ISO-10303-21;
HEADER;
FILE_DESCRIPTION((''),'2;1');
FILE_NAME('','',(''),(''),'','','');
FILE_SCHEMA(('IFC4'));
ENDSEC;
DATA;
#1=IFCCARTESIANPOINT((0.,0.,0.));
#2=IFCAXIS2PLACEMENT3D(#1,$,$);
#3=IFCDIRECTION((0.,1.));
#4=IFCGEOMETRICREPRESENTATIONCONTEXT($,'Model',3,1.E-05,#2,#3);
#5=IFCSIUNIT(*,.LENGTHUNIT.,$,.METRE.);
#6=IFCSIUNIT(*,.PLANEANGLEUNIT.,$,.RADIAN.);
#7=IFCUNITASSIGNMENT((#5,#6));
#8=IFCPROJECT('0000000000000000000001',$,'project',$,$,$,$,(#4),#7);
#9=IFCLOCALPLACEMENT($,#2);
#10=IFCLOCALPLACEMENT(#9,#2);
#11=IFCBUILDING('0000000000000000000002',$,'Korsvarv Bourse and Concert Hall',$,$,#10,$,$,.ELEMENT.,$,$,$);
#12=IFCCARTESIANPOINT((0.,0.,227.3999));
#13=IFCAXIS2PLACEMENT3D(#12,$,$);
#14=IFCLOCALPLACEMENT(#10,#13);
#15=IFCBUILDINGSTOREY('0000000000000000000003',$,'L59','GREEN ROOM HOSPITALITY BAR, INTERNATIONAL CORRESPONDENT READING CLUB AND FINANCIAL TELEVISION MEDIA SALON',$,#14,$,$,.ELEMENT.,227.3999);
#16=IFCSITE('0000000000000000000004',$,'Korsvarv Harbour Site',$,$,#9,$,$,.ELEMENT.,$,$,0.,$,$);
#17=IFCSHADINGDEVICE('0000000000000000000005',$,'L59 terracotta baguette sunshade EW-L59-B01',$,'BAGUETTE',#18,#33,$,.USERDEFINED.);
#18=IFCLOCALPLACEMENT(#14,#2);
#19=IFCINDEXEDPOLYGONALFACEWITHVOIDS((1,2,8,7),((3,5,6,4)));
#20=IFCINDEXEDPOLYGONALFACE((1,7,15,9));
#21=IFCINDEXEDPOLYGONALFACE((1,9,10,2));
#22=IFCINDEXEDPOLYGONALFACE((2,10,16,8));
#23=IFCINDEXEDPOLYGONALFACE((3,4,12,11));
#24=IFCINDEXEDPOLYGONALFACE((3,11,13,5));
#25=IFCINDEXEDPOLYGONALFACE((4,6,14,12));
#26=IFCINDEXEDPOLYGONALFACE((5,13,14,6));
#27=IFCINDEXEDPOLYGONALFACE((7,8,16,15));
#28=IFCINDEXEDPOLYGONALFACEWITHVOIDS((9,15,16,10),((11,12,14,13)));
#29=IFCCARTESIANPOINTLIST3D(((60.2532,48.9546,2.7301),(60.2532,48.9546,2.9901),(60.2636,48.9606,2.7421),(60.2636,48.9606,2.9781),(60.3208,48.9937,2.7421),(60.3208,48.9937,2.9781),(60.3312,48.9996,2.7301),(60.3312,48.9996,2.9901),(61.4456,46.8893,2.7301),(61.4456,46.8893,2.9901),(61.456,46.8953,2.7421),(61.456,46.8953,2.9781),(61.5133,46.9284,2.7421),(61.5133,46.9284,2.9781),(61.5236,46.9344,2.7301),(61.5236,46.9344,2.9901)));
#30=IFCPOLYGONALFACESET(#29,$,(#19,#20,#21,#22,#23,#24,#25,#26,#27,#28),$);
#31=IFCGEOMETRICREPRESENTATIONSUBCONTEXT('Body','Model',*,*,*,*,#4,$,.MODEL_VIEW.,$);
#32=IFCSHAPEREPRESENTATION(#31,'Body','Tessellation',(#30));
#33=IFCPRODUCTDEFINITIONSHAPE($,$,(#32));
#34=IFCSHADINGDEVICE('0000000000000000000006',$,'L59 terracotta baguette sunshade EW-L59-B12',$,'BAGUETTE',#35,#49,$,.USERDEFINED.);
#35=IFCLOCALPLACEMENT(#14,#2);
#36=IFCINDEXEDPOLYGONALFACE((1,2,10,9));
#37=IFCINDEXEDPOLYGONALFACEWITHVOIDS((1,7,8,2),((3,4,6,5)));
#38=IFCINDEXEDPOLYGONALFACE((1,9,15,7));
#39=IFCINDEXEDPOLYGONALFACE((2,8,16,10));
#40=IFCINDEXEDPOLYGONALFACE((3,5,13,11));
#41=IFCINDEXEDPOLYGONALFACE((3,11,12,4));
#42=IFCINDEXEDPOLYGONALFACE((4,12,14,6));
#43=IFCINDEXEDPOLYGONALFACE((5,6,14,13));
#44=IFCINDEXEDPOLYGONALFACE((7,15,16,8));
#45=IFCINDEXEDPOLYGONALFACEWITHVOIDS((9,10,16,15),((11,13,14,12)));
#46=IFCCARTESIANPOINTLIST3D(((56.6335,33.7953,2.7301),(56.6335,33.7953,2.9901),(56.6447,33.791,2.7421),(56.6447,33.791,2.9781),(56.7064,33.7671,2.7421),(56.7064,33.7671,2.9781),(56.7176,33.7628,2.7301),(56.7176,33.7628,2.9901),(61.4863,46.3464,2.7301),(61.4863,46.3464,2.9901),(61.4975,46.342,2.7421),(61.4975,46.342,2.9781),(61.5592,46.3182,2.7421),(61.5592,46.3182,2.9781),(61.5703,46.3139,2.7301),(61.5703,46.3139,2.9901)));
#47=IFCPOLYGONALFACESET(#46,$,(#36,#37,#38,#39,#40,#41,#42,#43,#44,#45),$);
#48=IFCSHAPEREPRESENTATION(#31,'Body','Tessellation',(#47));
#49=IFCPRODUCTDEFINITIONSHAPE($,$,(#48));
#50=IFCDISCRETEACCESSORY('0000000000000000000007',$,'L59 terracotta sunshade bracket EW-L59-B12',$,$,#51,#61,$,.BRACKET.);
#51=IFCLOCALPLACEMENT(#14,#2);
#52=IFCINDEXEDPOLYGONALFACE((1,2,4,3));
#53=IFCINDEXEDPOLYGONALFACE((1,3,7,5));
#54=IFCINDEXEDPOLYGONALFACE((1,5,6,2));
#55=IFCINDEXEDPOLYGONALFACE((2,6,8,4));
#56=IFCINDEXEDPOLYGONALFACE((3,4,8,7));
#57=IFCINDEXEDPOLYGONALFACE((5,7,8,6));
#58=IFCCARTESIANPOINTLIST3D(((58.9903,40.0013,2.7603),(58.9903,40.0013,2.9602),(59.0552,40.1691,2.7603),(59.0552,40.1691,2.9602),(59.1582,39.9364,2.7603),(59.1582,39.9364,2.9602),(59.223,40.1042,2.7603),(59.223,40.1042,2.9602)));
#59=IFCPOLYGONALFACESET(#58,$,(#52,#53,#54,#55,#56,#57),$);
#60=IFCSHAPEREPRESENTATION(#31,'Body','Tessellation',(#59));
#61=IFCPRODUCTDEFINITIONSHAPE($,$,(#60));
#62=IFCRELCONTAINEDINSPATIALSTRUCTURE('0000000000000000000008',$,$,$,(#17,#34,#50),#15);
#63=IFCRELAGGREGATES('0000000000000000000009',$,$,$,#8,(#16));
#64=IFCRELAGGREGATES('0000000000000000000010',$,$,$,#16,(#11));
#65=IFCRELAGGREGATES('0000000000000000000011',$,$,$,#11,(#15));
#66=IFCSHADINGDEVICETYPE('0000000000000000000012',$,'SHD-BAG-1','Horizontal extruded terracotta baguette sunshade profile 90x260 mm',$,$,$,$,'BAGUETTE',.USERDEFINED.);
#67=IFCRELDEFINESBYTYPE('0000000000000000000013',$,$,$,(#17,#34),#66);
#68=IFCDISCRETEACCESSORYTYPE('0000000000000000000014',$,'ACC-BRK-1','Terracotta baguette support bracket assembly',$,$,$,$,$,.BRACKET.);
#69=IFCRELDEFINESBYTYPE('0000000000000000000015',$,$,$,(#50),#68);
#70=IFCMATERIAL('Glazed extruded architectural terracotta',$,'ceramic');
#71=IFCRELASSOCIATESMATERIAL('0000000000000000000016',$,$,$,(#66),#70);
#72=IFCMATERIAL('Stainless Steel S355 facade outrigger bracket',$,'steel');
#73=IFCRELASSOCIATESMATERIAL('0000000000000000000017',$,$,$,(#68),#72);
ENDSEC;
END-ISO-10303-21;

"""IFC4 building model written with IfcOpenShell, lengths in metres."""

from ifc_helpers import new_model, si_unit, direction, frame, origin, origin_2d, place, context, subcontext, project, spatial, rectangle, hollow_rectangle, extrude, source, transform, mapped, material, material_profile, profile_set, type_object, element, save


model = new_model("IFC4")

# Units and contexts
model_context = context("Model", 3, precision=1e-05, world=origin(), true_north=direction((0.0, 1.0)))
body_context = subcontext(model_context, "Body", "Model", "MODEL_VIEW")
ifc_project = project(units=[si_unit("LENGTHUNIT", "METRE"), si_unit("PLANEANGLEUNIT", "RADIAN")], contexts=[model_context])

# Site, building, storey
site_placement = place(None, origin())
site = spatial("IfcSite", under=ifc_project, at=site_placement, Name="Korsvarv Harbour Site", CompositionType="ELEMENT", RefElevation=0.0)
building_placement = place(site_placement, origin())
building = spatial("IfcBuilding", under=site, at=building_placement, Name="Korsvarv Bourse and Concert Hall", CompositionType="ELEMENT")
storey_placement = place(building_placement, frame((0.0, 0.0, 227.3999)))
storey = spatial("IfcBuildingStorey", under=building, at=storey_placement, Name="L59", Description="GREEN ROOM HOSPITALITY BAR, INTERNATIONAL CORRESPONDENT READING CLUB AND FINANCIAL TELEVISION MEDIA SALON", CompositionType="ELEMENT", Elevation=227.3999)

# Shading devices
ifc_material_1 = material(Name="Glazed extruded architectural terracotta", Category="ceramic")
ifc_material_profile_1 = material_profile(ifc_material_1, hollow_rectangle(XDim=0.0901, YDim=0.26, WallThickness=0.012, at=origin_2d()), Name="TC-BAG 90x260")
ifc_profile_set_1 = profile_set([ifc_material_profile_1], Name="Glazed extruded architectural terracotta")
shading_device_type = type_object("IfcShadingDeviceType", Name="SHD-BAG-1", Description="Horizontal extruded terracotta baguette sunshade profile 90x260 mm", ElementType="BAGUETTE", PredefinedType="USERDEFINED", material=ifc_profile_set_1)
shared_shape_1 = source(origin(), body_context, "Body", "SweptSolid", [
    extrude(hollow_rectangle(XDim=0.0901, YDim=0.26, WallThickness=0.012, at=origin_2d()), origin(), (0.0, 0.0, 1.0), 2.3848),
])
shading_device_1_placement = place(storey_placement, frame((61.4846, 46.9119, 2.8601), z_axis=(-0.500015, 0.866017, 0.0), x_axis=(-0.866017, -0.500015, 0.0)))
element("IfcShadingDevice", 1, at=shading_device_1_placement, inside=storey, type_object=shading_device_type, Name="L59 terracotta baguette sunshade EW-L59-B01", ObjectType="BAGUETTE", PredefinedType="USERDEFINED", context=body_context, shape_type="MappedRepresentation", body=[
    mapped(shared_shape_1, transform((0.0, 0.0, 0.0), scale=1.0)),
])
shared_shape_2 = source(origin(), body_context, "Body", "SweptSolid", [
    extrude(hollow_rectangle(XDim=0.0901, YDim=0.26, WallThickness=0.012, at=origin_2d()), origin(), (0.0, 0.0, 1.0), 13.4565),
])
shading_device_2_placement = place(storey_placement, frame((56.6755, 33.7791, 2.8601), z_axis=(0.360627, 0.93271, 0.0), x_axis=(-0.93271, 0.360627, 0.0)))
element("IfcShadingDevice", 2, at=shading_device_2_placement, inside=storey, type_object=shading_device_type, Name="L59 terracotta baguette sunshade EW-L59-B12", ObjectType="BAGUETTE", PredefinedType="USERDEFINED", context=body_context, shape_type="MappedRepresentation", body=[
    mapped(shared_shape_2, transform((0.0, 0.0, 0.0), scale=1.0)),
])

# Discrete accessory
ifc_material_2 = material(Name="Stainless Steel S355 facade outrigger bracket", Category="steel")
discrete_accessory_type = type_object("IfcDiscreteAccessoryType", Name="ACC-BRK-1", Description="Terracotta baguette support bracket assembly", PredefinedType="BRACKET", material=ifc_material_2)
shared_shape_3 = source(origin(), body_context, "Body", "SweptSolid", [
    extrude(rectangle(XDim=0.1799, YDim=0.1799, at=origin_2d()), origin(), (0.0, 0.0, 1.0), 0.2),
])
discrete_accessory_placement = place(storey_placement, frame((59.1067, 40.0527, 2.7603), z_axis=(0.0, 0.0, 1.0), x_axis=(0.360648, 0.932702, 0.0)))
element("IfcDiscreteAccessory", 3, at=discrete_accessory_placement, inside=storey, type_object=discrete_accessory_type, Name="L59 terracotta sunshade bracket EW-L59-B12", PredefinedType="BRACKET", context=body_context, shape_type="MappedRepresentation", body=[
    mapped(shared_shape_3, transform((0.0, 0.0, 0.0), scale=1.0)),
])

save(model, "model.ifc")
